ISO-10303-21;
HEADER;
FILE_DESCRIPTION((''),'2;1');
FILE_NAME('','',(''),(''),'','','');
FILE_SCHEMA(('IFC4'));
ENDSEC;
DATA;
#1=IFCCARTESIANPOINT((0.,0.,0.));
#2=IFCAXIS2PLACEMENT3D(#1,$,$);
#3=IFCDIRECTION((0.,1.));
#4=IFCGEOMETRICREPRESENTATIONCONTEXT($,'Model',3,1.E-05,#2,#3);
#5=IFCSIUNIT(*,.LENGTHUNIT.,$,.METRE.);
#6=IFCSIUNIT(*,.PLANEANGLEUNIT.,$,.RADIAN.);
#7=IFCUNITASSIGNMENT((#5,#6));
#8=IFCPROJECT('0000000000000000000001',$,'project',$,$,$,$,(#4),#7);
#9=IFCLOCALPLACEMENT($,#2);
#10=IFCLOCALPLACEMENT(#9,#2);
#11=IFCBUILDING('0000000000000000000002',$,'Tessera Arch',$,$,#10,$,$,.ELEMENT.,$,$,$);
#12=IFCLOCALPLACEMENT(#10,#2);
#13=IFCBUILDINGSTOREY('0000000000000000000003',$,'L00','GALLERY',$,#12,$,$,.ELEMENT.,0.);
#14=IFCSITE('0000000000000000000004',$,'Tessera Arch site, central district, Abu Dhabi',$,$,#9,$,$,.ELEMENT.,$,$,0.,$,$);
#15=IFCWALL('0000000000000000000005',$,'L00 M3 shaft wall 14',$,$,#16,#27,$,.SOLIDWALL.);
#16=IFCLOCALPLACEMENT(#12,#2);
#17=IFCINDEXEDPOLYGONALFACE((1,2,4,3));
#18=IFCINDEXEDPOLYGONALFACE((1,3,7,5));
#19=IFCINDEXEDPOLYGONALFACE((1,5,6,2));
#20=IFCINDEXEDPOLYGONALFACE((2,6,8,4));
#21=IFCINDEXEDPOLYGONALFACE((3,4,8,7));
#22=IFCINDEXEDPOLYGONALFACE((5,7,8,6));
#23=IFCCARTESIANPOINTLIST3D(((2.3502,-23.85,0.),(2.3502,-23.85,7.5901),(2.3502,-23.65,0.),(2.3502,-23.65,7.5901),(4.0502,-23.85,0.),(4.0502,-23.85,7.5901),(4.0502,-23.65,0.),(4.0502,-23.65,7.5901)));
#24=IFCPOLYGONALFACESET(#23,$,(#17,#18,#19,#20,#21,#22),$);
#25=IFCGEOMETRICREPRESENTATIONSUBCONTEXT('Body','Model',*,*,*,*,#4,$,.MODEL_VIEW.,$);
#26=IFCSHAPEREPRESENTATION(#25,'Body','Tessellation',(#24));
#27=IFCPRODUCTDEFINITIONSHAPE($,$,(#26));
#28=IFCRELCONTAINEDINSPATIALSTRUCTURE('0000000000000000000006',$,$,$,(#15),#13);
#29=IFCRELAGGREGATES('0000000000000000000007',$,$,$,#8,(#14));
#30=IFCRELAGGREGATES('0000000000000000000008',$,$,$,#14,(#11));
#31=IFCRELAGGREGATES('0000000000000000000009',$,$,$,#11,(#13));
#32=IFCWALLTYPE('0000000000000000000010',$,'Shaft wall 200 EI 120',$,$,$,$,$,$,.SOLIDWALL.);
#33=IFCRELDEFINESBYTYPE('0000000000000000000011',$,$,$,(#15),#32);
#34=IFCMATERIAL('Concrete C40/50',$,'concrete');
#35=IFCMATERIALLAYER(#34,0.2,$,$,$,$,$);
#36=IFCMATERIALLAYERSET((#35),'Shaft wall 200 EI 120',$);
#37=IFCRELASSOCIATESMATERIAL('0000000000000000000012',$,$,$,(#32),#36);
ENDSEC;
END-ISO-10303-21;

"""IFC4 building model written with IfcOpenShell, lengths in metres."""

from ifc_helpers import new_model, si_unit, direction, frame, frame_2d, origin, place, context, subcontext, project, spatial, rectangle, extrude, material, layer, layer_set, type_object, element, save


model = new_model("IFC4")

# Units and contexts
model_context = context("Model", 3, precision=1e-05, world=origin(), true_north=direction((0.0, 1.0)))
body_context = subcontext(model_context, "Body", "Model", "MODEL_VIEW")
ifc_project = project(units=[si_unit("LENGTHUNIT", "METRE"), si_unit("PLANEANGLEUNIT", "RADIAN")], contexts=[model_context])

# Site, building, storey
site_placement = place(None, origin())
site = spatial("IfcSite", under=ifc_project, at=site_placement, Name="Tessera Arch site, central district, Abu Dhabi", CompositionType="ELEMENT", RefElevation=0.0)
building_placement = place(site_placement, origin())
building = spatial("IfcBuilding", under=site, at=building_placement, Name="Tessera Arch", CompositionType="ELEMENT")
storey_placement = place(building_placement, origin())
storey = spatial("IfcBuildingStorey", under=building, at=storey_placement, Name="L00", Description="GALLERY", CompositionType="ELEMENT", Elevation=0.0)

# Shared definitions
ifc_material_1 = material(Name="Concrete C40/50", Category="concrete")
ifc_layer_1 = layer(ifc_material_1, 0.2)
ifc_layer_set_1 = layer_set([ifc_layer_1], Name="Shaft wall 200 EI 120")
wall_type_1 = type_object("IfcWallType", Name="Shaft wall 200 EI 120", PredefinedType="SOLIDWALL", material=ifc_layer_set_1)

# Wall
wall_1_placement = place(storey_placement, frame((2.3501, -23.75, 0.0), z_axis=(0.0, 0.0, 1.0), x_axis=(1.0, 0.0, 0.0)))
element("IfcWall", 1, at=wall_1_placement, inside=storey, type_object=wall_type_1, Name="L00 M3 shaft wall 14", PredefinedType="SOLIDWALL", context=body_context, shape_type="SweptSolid", body=[
    extrude(rectangle(XDim=1.7, YDim=0.2, at=frame_2d((0.8501, 0.0))), origin(), (0.0, 0.0, 1.0), 7.5901),
])

save(model, "model.ifc")
